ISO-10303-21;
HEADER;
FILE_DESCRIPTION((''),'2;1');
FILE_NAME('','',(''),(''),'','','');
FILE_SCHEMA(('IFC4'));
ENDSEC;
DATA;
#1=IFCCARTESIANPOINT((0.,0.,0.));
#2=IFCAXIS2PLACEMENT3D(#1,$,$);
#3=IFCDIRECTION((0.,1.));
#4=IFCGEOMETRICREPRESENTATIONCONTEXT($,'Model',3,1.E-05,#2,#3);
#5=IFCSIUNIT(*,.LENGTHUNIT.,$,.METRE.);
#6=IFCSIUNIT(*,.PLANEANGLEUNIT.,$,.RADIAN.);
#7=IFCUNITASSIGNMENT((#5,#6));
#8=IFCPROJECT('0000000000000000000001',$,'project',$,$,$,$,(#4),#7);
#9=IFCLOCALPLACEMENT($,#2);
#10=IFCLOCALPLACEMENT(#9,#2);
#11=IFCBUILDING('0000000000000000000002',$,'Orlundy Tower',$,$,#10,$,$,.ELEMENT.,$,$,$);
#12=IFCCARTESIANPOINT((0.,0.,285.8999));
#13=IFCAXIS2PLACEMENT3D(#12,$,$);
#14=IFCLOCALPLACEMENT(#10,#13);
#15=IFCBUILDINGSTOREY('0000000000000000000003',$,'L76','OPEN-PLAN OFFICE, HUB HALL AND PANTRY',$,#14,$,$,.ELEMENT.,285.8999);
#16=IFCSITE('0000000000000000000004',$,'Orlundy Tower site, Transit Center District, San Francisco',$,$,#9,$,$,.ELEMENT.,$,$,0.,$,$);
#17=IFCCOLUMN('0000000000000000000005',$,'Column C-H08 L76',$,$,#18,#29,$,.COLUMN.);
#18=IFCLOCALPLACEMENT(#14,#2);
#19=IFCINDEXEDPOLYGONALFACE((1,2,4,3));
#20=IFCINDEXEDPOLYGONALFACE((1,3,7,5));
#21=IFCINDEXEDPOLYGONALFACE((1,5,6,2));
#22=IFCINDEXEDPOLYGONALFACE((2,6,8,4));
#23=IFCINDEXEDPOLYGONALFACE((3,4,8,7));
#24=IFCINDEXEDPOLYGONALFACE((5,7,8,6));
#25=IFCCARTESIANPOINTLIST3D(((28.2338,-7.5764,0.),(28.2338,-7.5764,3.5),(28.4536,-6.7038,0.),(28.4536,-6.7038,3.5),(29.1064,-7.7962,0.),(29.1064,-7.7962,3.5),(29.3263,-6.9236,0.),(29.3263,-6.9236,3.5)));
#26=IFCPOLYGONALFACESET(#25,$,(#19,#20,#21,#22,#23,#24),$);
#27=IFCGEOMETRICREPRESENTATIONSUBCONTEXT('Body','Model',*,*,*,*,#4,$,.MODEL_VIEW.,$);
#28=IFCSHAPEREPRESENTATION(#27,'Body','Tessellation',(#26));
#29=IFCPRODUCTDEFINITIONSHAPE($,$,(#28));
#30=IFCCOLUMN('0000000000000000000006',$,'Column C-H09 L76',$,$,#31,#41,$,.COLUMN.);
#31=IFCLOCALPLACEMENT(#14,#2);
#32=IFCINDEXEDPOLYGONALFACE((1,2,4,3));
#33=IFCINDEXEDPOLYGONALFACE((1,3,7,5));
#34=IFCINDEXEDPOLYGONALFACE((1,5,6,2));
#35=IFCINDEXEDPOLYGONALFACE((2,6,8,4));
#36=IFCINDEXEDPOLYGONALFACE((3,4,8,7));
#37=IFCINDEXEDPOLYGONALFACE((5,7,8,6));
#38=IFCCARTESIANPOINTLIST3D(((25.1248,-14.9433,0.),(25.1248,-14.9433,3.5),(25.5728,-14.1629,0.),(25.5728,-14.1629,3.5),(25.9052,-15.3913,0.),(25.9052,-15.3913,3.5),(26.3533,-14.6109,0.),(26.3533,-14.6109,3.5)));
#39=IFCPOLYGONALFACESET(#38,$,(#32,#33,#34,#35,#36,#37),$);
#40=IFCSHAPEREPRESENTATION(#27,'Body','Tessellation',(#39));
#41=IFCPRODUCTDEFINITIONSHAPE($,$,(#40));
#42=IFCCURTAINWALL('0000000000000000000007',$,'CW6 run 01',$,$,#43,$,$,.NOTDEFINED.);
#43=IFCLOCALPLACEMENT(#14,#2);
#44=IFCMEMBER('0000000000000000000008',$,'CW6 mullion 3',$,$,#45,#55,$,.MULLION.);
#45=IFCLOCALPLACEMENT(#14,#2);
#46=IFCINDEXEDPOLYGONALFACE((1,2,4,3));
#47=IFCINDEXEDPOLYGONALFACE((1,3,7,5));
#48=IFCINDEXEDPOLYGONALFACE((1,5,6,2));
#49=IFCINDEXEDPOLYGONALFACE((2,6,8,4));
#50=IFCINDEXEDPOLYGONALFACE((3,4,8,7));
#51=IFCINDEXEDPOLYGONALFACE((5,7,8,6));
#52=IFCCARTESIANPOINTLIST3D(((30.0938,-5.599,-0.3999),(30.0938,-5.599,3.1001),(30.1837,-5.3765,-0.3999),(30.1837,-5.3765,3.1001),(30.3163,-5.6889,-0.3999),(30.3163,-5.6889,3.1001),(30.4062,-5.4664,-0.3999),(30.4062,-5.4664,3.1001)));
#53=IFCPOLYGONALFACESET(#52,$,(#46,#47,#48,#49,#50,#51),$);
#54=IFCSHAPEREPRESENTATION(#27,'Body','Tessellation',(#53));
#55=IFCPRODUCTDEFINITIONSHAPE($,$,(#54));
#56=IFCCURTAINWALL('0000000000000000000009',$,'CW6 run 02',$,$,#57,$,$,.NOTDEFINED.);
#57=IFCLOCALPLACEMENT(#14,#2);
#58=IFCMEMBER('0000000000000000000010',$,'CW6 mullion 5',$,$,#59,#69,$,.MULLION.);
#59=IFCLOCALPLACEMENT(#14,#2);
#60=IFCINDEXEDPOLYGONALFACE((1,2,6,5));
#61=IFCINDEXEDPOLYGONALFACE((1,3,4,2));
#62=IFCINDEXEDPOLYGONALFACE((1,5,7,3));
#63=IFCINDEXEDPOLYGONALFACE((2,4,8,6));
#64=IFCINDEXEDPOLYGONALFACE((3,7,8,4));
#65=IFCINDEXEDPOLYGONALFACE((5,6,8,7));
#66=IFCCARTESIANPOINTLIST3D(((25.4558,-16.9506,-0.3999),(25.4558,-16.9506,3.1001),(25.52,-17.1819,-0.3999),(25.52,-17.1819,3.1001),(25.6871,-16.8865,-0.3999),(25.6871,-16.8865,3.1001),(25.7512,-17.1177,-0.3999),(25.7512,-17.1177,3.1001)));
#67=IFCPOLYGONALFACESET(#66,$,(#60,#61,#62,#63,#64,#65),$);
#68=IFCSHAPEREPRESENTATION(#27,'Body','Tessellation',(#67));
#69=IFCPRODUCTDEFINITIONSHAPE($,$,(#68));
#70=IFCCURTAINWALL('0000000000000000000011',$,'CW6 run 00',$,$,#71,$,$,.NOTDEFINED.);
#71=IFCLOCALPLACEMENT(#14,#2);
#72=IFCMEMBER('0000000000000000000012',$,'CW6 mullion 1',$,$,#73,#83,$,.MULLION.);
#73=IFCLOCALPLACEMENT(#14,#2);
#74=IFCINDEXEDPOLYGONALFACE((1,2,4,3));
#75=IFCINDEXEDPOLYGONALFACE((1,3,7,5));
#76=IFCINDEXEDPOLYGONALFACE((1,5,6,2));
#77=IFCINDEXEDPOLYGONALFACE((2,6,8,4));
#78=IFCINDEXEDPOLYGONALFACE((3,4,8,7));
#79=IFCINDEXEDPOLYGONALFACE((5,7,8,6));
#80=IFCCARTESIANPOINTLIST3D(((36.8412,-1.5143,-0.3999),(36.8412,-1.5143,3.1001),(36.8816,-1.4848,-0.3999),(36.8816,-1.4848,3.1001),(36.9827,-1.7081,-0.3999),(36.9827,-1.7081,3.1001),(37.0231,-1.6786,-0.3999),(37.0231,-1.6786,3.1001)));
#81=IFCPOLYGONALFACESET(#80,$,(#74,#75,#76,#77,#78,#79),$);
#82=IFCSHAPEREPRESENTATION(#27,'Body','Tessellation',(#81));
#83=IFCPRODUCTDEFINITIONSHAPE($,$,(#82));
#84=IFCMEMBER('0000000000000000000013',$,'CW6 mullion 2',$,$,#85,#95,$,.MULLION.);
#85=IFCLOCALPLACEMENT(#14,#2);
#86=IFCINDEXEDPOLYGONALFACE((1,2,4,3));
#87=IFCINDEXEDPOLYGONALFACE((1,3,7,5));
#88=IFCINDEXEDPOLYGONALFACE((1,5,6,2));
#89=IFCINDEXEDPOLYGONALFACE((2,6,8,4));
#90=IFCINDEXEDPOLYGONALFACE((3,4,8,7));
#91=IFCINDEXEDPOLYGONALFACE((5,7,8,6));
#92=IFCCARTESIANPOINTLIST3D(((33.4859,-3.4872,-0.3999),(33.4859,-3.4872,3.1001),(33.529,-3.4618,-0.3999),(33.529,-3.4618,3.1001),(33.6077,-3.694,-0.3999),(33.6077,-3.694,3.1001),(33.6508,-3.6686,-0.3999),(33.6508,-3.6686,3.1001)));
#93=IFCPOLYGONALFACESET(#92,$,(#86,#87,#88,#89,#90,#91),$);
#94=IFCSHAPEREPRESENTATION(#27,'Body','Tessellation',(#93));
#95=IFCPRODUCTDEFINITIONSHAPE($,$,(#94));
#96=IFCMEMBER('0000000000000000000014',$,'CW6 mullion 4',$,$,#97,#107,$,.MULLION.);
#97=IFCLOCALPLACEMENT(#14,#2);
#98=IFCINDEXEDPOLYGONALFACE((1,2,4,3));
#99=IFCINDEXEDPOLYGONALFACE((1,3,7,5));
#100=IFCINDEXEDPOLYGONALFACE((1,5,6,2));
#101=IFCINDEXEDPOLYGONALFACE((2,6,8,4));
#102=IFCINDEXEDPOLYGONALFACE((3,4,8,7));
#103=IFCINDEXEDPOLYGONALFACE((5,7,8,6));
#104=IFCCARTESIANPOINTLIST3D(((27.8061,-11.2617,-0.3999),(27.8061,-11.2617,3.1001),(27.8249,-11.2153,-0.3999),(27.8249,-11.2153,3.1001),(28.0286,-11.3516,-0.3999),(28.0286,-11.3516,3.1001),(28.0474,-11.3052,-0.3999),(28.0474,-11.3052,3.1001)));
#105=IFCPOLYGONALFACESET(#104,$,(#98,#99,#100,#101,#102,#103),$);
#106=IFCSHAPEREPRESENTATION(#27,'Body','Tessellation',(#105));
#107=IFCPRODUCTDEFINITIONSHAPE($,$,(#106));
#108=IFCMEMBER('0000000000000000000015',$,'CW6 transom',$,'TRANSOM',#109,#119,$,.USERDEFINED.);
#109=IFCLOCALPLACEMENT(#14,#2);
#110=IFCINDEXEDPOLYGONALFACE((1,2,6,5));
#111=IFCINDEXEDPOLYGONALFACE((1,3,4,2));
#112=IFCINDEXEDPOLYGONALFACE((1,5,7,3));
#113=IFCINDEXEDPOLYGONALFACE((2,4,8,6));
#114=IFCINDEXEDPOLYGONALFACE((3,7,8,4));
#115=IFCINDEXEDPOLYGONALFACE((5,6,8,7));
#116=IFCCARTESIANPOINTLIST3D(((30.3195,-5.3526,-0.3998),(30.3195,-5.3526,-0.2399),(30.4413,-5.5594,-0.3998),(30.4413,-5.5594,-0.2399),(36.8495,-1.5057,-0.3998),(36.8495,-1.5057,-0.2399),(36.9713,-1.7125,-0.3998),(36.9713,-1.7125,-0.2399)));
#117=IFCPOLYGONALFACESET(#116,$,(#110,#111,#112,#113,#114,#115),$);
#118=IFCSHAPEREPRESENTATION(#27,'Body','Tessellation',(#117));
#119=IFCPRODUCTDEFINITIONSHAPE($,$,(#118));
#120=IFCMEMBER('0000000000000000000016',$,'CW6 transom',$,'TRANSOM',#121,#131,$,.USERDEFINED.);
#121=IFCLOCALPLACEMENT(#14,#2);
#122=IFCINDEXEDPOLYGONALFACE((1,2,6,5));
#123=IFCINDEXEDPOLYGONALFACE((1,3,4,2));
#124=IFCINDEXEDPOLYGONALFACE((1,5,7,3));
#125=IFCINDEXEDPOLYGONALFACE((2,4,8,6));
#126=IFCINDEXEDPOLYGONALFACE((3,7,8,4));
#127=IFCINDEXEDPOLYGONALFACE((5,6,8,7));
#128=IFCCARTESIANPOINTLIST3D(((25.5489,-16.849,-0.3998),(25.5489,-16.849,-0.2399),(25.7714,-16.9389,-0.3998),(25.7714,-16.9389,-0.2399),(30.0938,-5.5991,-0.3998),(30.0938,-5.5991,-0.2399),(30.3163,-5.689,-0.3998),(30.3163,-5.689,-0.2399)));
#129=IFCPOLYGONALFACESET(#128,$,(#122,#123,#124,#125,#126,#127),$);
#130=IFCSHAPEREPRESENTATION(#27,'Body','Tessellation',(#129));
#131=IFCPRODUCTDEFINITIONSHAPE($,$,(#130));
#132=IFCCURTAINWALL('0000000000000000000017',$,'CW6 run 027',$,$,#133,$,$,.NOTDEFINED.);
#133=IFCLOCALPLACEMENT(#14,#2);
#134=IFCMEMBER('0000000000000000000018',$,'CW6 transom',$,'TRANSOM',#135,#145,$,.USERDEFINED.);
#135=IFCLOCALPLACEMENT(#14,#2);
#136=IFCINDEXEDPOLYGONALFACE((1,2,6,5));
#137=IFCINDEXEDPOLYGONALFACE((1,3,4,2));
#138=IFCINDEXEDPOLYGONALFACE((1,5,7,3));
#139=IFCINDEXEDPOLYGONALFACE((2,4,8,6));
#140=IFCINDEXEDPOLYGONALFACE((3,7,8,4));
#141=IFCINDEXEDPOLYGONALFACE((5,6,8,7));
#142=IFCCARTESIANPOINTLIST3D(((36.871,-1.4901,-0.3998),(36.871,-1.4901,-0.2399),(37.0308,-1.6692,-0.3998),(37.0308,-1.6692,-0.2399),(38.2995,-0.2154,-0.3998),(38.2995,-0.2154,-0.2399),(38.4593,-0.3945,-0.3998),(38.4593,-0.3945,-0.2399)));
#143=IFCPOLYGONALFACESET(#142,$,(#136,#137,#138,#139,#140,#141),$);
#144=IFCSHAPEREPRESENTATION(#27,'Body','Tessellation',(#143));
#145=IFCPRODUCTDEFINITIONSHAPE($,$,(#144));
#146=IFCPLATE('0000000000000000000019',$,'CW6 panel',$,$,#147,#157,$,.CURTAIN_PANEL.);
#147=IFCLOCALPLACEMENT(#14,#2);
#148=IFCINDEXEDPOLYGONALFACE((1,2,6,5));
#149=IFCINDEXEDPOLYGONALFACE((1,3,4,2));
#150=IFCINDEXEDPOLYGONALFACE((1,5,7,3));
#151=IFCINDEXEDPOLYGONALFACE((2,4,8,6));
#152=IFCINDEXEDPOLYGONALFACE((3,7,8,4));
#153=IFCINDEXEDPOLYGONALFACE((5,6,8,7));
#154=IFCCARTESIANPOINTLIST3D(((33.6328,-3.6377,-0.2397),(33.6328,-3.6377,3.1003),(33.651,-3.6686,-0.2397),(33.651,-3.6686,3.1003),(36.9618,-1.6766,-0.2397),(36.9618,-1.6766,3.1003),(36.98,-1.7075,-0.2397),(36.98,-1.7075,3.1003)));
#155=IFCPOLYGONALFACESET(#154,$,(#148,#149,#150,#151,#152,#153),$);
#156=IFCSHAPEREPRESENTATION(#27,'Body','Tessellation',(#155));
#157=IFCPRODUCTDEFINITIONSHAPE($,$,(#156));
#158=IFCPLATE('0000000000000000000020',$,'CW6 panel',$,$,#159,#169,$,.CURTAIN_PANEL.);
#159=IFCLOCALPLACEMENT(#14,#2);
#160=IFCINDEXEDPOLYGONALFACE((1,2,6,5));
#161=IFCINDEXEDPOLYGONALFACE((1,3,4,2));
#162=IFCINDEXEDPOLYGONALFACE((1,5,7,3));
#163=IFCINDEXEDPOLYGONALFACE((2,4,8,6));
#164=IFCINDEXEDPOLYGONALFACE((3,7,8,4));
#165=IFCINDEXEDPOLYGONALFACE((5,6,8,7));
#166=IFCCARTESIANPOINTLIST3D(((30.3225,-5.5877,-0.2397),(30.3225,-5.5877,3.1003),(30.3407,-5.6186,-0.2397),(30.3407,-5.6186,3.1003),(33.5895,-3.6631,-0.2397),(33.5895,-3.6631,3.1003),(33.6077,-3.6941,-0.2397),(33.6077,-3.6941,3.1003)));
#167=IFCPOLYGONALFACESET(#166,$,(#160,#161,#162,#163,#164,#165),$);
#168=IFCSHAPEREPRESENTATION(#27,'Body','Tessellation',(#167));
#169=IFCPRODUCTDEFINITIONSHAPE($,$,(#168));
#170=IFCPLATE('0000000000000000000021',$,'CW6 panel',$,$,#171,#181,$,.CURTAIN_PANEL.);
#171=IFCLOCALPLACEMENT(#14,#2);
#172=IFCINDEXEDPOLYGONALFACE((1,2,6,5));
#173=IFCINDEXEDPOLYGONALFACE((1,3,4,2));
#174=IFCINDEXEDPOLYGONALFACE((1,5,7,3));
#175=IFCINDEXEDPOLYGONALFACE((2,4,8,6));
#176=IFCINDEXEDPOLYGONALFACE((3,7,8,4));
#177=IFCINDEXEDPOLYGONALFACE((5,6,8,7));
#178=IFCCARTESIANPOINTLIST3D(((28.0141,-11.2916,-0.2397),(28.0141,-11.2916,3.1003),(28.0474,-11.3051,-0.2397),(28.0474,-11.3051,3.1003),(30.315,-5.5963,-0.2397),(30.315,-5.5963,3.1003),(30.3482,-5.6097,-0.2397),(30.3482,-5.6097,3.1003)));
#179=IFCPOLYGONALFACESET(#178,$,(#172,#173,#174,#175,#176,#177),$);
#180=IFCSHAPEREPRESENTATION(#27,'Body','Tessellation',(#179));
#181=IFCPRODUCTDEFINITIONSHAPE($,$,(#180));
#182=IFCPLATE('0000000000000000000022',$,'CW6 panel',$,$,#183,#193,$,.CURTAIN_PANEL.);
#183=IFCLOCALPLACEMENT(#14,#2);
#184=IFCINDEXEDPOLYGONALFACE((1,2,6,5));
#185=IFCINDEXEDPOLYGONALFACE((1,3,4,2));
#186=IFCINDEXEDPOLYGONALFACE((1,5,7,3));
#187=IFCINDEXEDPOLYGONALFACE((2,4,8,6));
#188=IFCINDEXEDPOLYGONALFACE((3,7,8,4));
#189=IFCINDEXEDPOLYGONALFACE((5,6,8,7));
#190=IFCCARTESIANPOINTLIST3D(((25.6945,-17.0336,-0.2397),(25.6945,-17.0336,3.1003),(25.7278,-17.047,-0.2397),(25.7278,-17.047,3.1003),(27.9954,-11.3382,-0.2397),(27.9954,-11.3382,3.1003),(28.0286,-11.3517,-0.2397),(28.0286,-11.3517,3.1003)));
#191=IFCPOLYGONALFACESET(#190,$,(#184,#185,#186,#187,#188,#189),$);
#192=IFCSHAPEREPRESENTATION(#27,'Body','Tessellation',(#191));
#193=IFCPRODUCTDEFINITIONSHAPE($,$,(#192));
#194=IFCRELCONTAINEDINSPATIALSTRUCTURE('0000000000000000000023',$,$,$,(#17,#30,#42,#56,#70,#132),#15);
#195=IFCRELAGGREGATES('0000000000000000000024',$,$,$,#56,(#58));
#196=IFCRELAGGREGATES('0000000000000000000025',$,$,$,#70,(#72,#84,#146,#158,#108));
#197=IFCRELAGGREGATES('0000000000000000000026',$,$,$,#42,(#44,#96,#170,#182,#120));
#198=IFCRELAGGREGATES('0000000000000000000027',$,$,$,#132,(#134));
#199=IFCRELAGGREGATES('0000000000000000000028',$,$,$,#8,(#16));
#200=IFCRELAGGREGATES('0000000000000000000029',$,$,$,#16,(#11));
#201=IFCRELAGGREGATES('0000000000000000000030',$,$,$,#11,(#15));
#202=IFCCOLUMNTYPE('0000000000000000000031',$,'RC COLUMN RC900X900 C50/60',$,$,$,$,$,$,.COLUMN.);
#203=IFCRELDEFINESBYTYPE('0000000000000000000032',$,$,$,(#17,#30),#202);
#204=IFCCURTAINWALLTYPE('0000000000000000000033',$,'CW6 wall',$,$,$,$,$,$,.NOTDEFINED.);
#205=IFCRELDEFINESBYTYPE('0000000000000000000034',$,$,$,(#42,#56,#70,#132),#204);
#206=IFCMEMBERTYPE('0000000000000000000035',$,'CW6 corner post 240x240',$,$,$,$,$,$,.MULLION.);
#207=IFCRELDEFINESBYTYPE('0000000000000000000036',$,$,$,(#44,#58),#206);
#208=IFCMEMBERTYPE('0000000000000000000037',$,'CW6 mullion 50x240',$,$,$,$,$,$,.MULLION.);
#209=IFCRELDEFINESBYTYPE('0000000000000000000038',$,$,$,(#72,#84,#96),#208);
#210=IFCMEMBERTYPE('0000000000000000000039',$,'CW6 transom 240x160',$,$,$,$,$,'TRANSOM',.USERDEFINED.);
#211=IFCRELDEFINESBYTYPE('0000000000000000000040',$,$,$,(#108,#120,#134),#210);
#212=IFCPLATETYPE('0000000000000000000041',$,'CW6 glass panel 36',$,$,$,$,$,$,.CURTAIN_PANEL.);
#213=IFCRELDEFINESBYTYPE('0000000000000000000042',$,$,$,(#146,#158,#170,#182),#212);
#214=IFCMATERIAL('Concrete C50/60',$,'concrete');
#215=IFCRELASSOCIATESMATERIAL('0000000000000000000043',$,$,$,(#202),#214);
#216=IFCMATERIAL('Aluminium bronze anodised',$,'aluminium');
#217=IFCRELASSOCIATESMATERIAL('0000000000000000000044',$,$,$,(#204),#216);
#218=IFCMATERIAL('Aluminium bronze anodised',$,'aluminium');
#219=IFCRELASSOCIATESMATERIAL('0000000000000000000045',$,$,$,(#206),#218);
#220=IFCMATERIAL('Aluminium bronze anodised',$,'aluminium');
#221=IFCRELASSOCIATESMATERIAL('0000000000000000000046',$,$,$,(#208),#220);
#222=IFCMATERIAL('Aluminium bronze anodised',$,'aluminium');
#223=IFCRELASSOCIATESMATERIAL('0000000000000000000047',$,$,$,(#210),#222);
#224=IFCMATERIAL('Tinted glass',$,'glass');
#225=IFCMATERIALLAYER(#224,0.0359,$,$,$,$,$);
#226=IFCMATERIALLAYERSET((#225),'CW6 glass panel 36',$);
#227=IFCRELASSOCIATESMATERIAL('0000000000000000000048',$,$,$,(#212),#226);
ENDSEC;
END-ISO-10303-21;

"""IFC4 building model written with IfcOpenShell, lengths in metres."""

from ifc_helpers import new_model, si_unit, direction, frame, origin, origin_2d, place, context, subcontext, project, spatial, rectangle, extrude, material, layer, layer_set, material_profile, profile_set, type_object, element, aggregate, save


model = new_model("IFC4")

# Units and contexts
model_context = context("Model", 3, precision=1e-05, world=origin(), true_north=direction((0.0, 1.0)))
body_context = subcontext(model_context, "Body", "Model", "MODEL_VIEW")
ifc_project = project(units=[si_unit("LENGTHUNIT", "METRE"), si_unit("PLANEANGLEUNIT", "RADIAN")], contexts=[model_context])

# Site, building, storey
site_placement = place(None, origin())
site = spatial("IfcSite", under=ifc_project, at=site_placement, Name="Orlundy Tower site, Transit Center District, San Francisco", CompositionType="ELEMENT", RefElevation=0.0)
building_placement = place(site_placement, origin())
building = spatial("IfcBuilding", under=site, at=building_placement, Name="Orlundy Tower", CompositionType="ELEMENT")
storey_placement = place(building_placement, frame((0.0, 0.0, 285.8999)))
storey = spatial("IfcBuildingStorey", under=building, at=storey_placement, Name="L76", Description="OPEN-PLAN OFFICE, HUB HALL AND PANTRY", CompositionType="ELEMENT", Elevation=285.8999)

# Columns
ifc_material_1 = material(Name="Concrete C50/60", Category="concrete")
ifc_material_profile_1 = material_profile(ifc_material_1, rectangle(XDim=0.8999, YDim=0.8999, at=origin_2d()), Name="RC900X900")
ifc_profile_set_1 = profile_set([ifc_material_profile_1], Name="Concrete C50/60")
column_type = type_object("IfcColumnType", Name="RC COLUMN RC900X900 C50/60", PredefinedType="COLUMN", material=ifc_profile_set_1)
for number, where, z_axis, x_axis, name in (
    (1, (28.78, -7.25, 0.0), (0.0, 0.0, 1.0), (0.969706, -0.244275, 0.0), "Column C-H08 L76"),
    (2, (25.739, -14.7771, 0.0), (0.0, 0.0, 1.0), (0.867236, -0.497898, 0.0), "Column C-H09 L76"),
):
    element("IfcColumn", number, at=place(storey_placement, frame(where, z_axis=z_axis, x_axis=x_axis)), inside=storey, type_object=column_type, Name=name, PredefinedType="COLUMN", context=body_context, shape_type="SweptSolid", body=[
        extrude(rectangle(XDim=0.8999, YDim=0.8999, at=origin_2d()), origin(), (0.0, 0.0, 1.0), 3.5),
    ])

# Curtain walls, members
ifc_material_2 = material(Name="Aluminium bronze anodised", Category="aluminium")
curtain_wall_type = type_object("IfcCurtainWallType", Name="CW6 wall", PredefinedType="NOTDEFINED", material=ifc_material_2)
curtain_wall_1_placement = place(storey_placement, origin())
curtain_wall_1 = element("IfcCurtainWall", 3, at=curtain_wall_1_placement, inside=storey, type_object=curtain_wall_type, Name="CW6 run 01", PredefinedType="NOTDEFINED")
ifc_material_3 = material(Name="Aluminium bronze anodised", Category="aluminium")
ifc_material_profile_2 = material_profile(ifc_material_3, rectangle(XDim=0.24, YDim=0.24, at=origin_2d()), Name="CW6 corner post 240x240")
ifc_profile_set_2 = profile_set([ifc_material_profile_2], Name="Aluminium bronze anodised")
member_type_1 = type_object("IfcMemberType", Name="CW6 corner post 240x240", PredefinedType="MULLION", material=ifc_profile_set_2)
member_1_placement = place(storey_placement, frame((30.25, -5.5327, -0.3999), z_axis=(0.0, 0.0, 1.0), x_axis=(0.927195, -0.374578, 0.0)))
member_1 = element("IfcMember", 4, at=member_1_placement, type_object=member_type_1, Name="CW6 mullion 3", PredefinedType="MULLION", context=body_context, shape_type="SweptSolid", body=[
    extrude(rectangle(XDim=0.24, YDim=0.24, at=origin_2d()), origin(), (0.0, 0.0, 1.0), 3.5),
])
curtain_wall_2_placement = place(storey_placement, origin())
curtain_wall_2 = element("IfcCurtainWall", 5, at=curtain_wall_2_placement, inside=storey, type_object=curtain_wall_type, Name="CW6 run 02", PredefinedType="NOTDEFINED")
member_2_placement = place(storey_placement, frame((25.6035, -17.0342, -0.3999), z_axis=(0.0, 0.0, 1.0), x_axis=(0.963626, 0.267256, 0.0)))
member_2 = element("IfcMember", 6, at=member_2_placement, type_object=member_type_1, Name="CW6 mullion 5", PredefinedType="MULLION", context=body_context, shape_type="SweptSolid", body=[
    extrude(rectangle(XDim=0.24, YDim=0.24, at=origin_2d()), origin(), (0.0, 0.0, 1.0), 3.5),
])
aggregate(curtain_wall_2, [member_2])

# Curtain wall, members
curtain_wall_3_placement = place(storey_placement, origin())
curtain_wall_3 = element("IfcCurtainWall", 7, at=curtain_wall_3_placement, inside=storey, type_object=curtain_wall_type, Name="CW6 run 00", PredefinedType="NOTDEFINED")
ifc_material_4 = material(Name="Aluminium bronze anodised", Category="aluminium")
ifc_material_profile_3 = material_profile(ifc_material_4, rectangle(XDim=0.24, YDim=0.05, at=origin_2d()), Name="CW6 mullion 50x240")
ifc_profile_set_3 = profile_set([ifc_material_profile_3], Name="Aluminium bronze anodised")
member_type_2 = type_object("IfcMemberType", Name="CW6 mullion 50x240", PredefinedType="MULLION", material=ifc_profile_set_3)
member_3_placement = place(storey_placement, frame((36.9321, -1.5964, -0.3999), z_axis=(0.0, 0.0, 1.0), x_axis=(0.5895, -0.807768, 0.0)))
member_3 = element("IfcMember", 8, at=member_3_placement, type_object=member_type_2, Name="CW6 mullion 1", PredefinedType="MULLION", context=body_context, shape_type="SweptSolid", body=[
    extrude(rectangle(XDim=0.24, YDim=0.05, at=origin_2d()), origin(), (0.0, 0.0, 1.0), 3.5),
])
member_4_placement = place(storey_placement, frame((33.5684, -3.5779, -0.3999), z_axis=(0.0, 0.0, 1.0), x_axis=(0.507565, -0.861614, 0.0)))
member_4 = element("IfcMember", 9, at=member_4_placement, type_object=member_type_2, Name="CW6 mullion 2", PredefinedType="MULLION", context=body_context, shape_type="SweptSolid", body=[
    extrude(rectangle(XDim=0.24, YDim=0.05, at=origin_2d()), origin(), (0.0, 0.0, 1.0), 3.5),
])

# Members
member_5_placement = place(storey_placement, frame((27.9268, -11.2834, -0.3999), z_axis=(0.0, 0.0, 1.0), x_axis=(0.927195, -0.374578, 0.0)))
member_5 = element("IfcMember", 10, at=member_5_placement, type_object=member_type_2, Name="CW6 mullion 4", PredefinedType="MULLION", context=body_context, shape_type="SweptSolid", body=[
    extrude(rectangle(XDim=0.24, YDim=0.05, at=origin_2d()), origin(), (0.0, 0.0, 1.0), 3.5),
])
ifc_material_5 = material(Name="Aluminium bronze anodised", Category="aluminium")
ifc_material_profile_4 = material_profile(ifc_material_5, rectangle(XDim=0.24, YDim=0.1599, at=origin_2d()), Name="CW6 transom 240x160")
ifc_profile_set_4 = profile_set([ifc_material_profile_4], Name="Aluminium bronze anodised")
member_type_3 = type_object("IfcMemberType", Name="CW6 transom 240x160", ElementType="TRANSOM", PredefinedType="USERDEFINED", material=ifc_profile_set_4)
member_6_placement = place(storey_placement, frame((36.9104, -1.6091, -0.3198), z_axis=(-0.861604, -0.507582, 0.0), x_axis=(0.507582, -0.861604, 0.0)))
member_6 = element("IfcMember", 11, at=member_6_placement, type_object=member_type_3, Name="CW6 transom", ObjectType="TRANSOM", PredefinedType="USERDEFINED", context=body_context, shape_type="SweptSolid", body=[
    extrude(rectangle(XDim=0.24, YDim=0.1599, at=origin_2d()), origin(), (0.0, 0.0, 1.0), 7.5789),
])
member_7_placement = place(storey_placement, frame((30.2051, -5.644, -0.3198), z_axis=(-0.37458, -0.927195, 0.0), x_axis=(0.927195, -0.37458, 0.0)))
member_7 = element("IfcMember", 12, at=member_7_placement, type_object=member_type_3, Name="CW6 transom", ObjectType="TRANSOM", PredefinedType="USERDEFINED", context=body_context, shape_type="SweptSolid", body=[
    extrude(rectangle(XDim=0.24, YDim=0.1599, at=origin_2d()), origin(), (0.0, 0.0, 1.0), 12.1333),
])

# Curtain wall, member
curtain_wall_4_placement = place(storey_placement, origin())
curtain_wall_4 = element("IfcCurtainWall", 13, at=curtain_wall_4_placement, inside=storey, type_object=curtain_wall_type, Name="CW6 run 027", PredefinedType="NOTDEFINED")
member_8_placement = place(storey_placement, frame((38.3794, -0.3049, -0.3198), z_axis=(-0.746134, -0.665795, 0.0), x_axis=(0.665795, -0.746134, 0.0)))
member_8 = element("IfcMember", 14, at=member_8_placement, type_object=member_type_3, Name="CW6 transom", ObjectType="TRANSOM", PredefinedType="USERDEFINED", context=body_context, shape_type="SweptSolid", body=[
    extrude(rectangle(XDim=0.24, YDim=0.1599, at=origin_2d()), origin(), (0.0, 0.0, 1.0), 1.9146),
])

# Plates
ifc_material_6 = material(Name="Tinted glass", Category="glass")
ifc_layer_1 = layer(ifc_material_6, 0.0359)
ifc_layer_set_1 = layer_set([ifc_layer_1], Name="CW6 glass panel 36")
plate_type = type_object("IfcPlateType", Name="CW6 glass panel 36", PredefinedType="CURTAIN_PANEL", material=ifc_layer_set_1)
plate_1_placement = place(storey_placement, frame((35.3064, -2.6726, -0.2397), z_axis=(0.0, 0.0, 1.0), x_axis=(-0.861614, -0.507565, 0.0)))
plate_1 = element("IfcPlate", 15, at=plate_1_placement, type_object=plate_type, Name="CW6 panel", PredefinedType="CURTAIN_PANEL", context=body_context, shape_type="SweptSolid", body=[
    extrude(rectangle(XDim=3.8638, YDim=0.0359, at=origin_2d()), origin(), (0.0, 0.0, 1.0), 3.3401),
])
plate_2_placement = place(storey_placement, frame((31.9651, -4.6409, -0.2397), z_axis=(0.0, 0.0, 1.0), x_axis=(-0.861614, -0.507565, 0.0)))
plate_2 = element("IfcPlate", 16, at=plate_2_placement, type_object=plate_type, Name="CW6 panel", PredefinedType="CURTAIN_PANEL", context=body_context, shape_type="SweptSolid", body=[
    extrude(rectangle(XDim=3.7917, YDim=0.0359, at=origin_2d()), origin(), (0.0, 0.0, 1.0), 3.3401),
])
aggregate(curtain_wall_3, [member_3, member_4, plate_1, plate_2, member_6])
plate_3_placement = place(storey_placement, frame((29.1812, -8.4507, -0.2397), z_axis=(0.0, 0.0, 1.0), x_axis=(-0.374578, -0.927195, 0.0)))
plate_3 = element("IfcPlate", 17, at=plate_3_placement, type_object=plate_type, Name="CW6 panel", PredefinedType="CURTAIN_PANEL", context=body_context, shape_type="SweptSolid", body=[
    extrude(rectangle(XDim=6.1426, YDim=0.0359, at=origin_2d()), origin(), (0.0, 0.0, 1.0), 3.3401),
])
plate_4_placement = place(storey_placement, frame((26.8616, -14.1926, -0.2397), z_axis=(0.0, 0.0, 1.0), x_axis=(-0.374578, -0.927195, 0.0)))
plate_4 = element("IfcPlate", 18, at=plate_4_placement, type_object=plate_type, Name="CW6 panel", PredefinedType="CURTAIN_PANEL", context=body_context, shape_type="SweptSolid", body=[
    extrude(rectangle(XDim=6.1426, YDim=0.0359, at=origin_2d()), origin(), (0.0, 0.0, 1.0), 3.3401),
])
aggregate(curtain_wall_1, [member_1, member_5, plate_3, plate_4, member_7])
aggregate(curtain_wall_4, [member_8])

save(model, "model.ifc")
